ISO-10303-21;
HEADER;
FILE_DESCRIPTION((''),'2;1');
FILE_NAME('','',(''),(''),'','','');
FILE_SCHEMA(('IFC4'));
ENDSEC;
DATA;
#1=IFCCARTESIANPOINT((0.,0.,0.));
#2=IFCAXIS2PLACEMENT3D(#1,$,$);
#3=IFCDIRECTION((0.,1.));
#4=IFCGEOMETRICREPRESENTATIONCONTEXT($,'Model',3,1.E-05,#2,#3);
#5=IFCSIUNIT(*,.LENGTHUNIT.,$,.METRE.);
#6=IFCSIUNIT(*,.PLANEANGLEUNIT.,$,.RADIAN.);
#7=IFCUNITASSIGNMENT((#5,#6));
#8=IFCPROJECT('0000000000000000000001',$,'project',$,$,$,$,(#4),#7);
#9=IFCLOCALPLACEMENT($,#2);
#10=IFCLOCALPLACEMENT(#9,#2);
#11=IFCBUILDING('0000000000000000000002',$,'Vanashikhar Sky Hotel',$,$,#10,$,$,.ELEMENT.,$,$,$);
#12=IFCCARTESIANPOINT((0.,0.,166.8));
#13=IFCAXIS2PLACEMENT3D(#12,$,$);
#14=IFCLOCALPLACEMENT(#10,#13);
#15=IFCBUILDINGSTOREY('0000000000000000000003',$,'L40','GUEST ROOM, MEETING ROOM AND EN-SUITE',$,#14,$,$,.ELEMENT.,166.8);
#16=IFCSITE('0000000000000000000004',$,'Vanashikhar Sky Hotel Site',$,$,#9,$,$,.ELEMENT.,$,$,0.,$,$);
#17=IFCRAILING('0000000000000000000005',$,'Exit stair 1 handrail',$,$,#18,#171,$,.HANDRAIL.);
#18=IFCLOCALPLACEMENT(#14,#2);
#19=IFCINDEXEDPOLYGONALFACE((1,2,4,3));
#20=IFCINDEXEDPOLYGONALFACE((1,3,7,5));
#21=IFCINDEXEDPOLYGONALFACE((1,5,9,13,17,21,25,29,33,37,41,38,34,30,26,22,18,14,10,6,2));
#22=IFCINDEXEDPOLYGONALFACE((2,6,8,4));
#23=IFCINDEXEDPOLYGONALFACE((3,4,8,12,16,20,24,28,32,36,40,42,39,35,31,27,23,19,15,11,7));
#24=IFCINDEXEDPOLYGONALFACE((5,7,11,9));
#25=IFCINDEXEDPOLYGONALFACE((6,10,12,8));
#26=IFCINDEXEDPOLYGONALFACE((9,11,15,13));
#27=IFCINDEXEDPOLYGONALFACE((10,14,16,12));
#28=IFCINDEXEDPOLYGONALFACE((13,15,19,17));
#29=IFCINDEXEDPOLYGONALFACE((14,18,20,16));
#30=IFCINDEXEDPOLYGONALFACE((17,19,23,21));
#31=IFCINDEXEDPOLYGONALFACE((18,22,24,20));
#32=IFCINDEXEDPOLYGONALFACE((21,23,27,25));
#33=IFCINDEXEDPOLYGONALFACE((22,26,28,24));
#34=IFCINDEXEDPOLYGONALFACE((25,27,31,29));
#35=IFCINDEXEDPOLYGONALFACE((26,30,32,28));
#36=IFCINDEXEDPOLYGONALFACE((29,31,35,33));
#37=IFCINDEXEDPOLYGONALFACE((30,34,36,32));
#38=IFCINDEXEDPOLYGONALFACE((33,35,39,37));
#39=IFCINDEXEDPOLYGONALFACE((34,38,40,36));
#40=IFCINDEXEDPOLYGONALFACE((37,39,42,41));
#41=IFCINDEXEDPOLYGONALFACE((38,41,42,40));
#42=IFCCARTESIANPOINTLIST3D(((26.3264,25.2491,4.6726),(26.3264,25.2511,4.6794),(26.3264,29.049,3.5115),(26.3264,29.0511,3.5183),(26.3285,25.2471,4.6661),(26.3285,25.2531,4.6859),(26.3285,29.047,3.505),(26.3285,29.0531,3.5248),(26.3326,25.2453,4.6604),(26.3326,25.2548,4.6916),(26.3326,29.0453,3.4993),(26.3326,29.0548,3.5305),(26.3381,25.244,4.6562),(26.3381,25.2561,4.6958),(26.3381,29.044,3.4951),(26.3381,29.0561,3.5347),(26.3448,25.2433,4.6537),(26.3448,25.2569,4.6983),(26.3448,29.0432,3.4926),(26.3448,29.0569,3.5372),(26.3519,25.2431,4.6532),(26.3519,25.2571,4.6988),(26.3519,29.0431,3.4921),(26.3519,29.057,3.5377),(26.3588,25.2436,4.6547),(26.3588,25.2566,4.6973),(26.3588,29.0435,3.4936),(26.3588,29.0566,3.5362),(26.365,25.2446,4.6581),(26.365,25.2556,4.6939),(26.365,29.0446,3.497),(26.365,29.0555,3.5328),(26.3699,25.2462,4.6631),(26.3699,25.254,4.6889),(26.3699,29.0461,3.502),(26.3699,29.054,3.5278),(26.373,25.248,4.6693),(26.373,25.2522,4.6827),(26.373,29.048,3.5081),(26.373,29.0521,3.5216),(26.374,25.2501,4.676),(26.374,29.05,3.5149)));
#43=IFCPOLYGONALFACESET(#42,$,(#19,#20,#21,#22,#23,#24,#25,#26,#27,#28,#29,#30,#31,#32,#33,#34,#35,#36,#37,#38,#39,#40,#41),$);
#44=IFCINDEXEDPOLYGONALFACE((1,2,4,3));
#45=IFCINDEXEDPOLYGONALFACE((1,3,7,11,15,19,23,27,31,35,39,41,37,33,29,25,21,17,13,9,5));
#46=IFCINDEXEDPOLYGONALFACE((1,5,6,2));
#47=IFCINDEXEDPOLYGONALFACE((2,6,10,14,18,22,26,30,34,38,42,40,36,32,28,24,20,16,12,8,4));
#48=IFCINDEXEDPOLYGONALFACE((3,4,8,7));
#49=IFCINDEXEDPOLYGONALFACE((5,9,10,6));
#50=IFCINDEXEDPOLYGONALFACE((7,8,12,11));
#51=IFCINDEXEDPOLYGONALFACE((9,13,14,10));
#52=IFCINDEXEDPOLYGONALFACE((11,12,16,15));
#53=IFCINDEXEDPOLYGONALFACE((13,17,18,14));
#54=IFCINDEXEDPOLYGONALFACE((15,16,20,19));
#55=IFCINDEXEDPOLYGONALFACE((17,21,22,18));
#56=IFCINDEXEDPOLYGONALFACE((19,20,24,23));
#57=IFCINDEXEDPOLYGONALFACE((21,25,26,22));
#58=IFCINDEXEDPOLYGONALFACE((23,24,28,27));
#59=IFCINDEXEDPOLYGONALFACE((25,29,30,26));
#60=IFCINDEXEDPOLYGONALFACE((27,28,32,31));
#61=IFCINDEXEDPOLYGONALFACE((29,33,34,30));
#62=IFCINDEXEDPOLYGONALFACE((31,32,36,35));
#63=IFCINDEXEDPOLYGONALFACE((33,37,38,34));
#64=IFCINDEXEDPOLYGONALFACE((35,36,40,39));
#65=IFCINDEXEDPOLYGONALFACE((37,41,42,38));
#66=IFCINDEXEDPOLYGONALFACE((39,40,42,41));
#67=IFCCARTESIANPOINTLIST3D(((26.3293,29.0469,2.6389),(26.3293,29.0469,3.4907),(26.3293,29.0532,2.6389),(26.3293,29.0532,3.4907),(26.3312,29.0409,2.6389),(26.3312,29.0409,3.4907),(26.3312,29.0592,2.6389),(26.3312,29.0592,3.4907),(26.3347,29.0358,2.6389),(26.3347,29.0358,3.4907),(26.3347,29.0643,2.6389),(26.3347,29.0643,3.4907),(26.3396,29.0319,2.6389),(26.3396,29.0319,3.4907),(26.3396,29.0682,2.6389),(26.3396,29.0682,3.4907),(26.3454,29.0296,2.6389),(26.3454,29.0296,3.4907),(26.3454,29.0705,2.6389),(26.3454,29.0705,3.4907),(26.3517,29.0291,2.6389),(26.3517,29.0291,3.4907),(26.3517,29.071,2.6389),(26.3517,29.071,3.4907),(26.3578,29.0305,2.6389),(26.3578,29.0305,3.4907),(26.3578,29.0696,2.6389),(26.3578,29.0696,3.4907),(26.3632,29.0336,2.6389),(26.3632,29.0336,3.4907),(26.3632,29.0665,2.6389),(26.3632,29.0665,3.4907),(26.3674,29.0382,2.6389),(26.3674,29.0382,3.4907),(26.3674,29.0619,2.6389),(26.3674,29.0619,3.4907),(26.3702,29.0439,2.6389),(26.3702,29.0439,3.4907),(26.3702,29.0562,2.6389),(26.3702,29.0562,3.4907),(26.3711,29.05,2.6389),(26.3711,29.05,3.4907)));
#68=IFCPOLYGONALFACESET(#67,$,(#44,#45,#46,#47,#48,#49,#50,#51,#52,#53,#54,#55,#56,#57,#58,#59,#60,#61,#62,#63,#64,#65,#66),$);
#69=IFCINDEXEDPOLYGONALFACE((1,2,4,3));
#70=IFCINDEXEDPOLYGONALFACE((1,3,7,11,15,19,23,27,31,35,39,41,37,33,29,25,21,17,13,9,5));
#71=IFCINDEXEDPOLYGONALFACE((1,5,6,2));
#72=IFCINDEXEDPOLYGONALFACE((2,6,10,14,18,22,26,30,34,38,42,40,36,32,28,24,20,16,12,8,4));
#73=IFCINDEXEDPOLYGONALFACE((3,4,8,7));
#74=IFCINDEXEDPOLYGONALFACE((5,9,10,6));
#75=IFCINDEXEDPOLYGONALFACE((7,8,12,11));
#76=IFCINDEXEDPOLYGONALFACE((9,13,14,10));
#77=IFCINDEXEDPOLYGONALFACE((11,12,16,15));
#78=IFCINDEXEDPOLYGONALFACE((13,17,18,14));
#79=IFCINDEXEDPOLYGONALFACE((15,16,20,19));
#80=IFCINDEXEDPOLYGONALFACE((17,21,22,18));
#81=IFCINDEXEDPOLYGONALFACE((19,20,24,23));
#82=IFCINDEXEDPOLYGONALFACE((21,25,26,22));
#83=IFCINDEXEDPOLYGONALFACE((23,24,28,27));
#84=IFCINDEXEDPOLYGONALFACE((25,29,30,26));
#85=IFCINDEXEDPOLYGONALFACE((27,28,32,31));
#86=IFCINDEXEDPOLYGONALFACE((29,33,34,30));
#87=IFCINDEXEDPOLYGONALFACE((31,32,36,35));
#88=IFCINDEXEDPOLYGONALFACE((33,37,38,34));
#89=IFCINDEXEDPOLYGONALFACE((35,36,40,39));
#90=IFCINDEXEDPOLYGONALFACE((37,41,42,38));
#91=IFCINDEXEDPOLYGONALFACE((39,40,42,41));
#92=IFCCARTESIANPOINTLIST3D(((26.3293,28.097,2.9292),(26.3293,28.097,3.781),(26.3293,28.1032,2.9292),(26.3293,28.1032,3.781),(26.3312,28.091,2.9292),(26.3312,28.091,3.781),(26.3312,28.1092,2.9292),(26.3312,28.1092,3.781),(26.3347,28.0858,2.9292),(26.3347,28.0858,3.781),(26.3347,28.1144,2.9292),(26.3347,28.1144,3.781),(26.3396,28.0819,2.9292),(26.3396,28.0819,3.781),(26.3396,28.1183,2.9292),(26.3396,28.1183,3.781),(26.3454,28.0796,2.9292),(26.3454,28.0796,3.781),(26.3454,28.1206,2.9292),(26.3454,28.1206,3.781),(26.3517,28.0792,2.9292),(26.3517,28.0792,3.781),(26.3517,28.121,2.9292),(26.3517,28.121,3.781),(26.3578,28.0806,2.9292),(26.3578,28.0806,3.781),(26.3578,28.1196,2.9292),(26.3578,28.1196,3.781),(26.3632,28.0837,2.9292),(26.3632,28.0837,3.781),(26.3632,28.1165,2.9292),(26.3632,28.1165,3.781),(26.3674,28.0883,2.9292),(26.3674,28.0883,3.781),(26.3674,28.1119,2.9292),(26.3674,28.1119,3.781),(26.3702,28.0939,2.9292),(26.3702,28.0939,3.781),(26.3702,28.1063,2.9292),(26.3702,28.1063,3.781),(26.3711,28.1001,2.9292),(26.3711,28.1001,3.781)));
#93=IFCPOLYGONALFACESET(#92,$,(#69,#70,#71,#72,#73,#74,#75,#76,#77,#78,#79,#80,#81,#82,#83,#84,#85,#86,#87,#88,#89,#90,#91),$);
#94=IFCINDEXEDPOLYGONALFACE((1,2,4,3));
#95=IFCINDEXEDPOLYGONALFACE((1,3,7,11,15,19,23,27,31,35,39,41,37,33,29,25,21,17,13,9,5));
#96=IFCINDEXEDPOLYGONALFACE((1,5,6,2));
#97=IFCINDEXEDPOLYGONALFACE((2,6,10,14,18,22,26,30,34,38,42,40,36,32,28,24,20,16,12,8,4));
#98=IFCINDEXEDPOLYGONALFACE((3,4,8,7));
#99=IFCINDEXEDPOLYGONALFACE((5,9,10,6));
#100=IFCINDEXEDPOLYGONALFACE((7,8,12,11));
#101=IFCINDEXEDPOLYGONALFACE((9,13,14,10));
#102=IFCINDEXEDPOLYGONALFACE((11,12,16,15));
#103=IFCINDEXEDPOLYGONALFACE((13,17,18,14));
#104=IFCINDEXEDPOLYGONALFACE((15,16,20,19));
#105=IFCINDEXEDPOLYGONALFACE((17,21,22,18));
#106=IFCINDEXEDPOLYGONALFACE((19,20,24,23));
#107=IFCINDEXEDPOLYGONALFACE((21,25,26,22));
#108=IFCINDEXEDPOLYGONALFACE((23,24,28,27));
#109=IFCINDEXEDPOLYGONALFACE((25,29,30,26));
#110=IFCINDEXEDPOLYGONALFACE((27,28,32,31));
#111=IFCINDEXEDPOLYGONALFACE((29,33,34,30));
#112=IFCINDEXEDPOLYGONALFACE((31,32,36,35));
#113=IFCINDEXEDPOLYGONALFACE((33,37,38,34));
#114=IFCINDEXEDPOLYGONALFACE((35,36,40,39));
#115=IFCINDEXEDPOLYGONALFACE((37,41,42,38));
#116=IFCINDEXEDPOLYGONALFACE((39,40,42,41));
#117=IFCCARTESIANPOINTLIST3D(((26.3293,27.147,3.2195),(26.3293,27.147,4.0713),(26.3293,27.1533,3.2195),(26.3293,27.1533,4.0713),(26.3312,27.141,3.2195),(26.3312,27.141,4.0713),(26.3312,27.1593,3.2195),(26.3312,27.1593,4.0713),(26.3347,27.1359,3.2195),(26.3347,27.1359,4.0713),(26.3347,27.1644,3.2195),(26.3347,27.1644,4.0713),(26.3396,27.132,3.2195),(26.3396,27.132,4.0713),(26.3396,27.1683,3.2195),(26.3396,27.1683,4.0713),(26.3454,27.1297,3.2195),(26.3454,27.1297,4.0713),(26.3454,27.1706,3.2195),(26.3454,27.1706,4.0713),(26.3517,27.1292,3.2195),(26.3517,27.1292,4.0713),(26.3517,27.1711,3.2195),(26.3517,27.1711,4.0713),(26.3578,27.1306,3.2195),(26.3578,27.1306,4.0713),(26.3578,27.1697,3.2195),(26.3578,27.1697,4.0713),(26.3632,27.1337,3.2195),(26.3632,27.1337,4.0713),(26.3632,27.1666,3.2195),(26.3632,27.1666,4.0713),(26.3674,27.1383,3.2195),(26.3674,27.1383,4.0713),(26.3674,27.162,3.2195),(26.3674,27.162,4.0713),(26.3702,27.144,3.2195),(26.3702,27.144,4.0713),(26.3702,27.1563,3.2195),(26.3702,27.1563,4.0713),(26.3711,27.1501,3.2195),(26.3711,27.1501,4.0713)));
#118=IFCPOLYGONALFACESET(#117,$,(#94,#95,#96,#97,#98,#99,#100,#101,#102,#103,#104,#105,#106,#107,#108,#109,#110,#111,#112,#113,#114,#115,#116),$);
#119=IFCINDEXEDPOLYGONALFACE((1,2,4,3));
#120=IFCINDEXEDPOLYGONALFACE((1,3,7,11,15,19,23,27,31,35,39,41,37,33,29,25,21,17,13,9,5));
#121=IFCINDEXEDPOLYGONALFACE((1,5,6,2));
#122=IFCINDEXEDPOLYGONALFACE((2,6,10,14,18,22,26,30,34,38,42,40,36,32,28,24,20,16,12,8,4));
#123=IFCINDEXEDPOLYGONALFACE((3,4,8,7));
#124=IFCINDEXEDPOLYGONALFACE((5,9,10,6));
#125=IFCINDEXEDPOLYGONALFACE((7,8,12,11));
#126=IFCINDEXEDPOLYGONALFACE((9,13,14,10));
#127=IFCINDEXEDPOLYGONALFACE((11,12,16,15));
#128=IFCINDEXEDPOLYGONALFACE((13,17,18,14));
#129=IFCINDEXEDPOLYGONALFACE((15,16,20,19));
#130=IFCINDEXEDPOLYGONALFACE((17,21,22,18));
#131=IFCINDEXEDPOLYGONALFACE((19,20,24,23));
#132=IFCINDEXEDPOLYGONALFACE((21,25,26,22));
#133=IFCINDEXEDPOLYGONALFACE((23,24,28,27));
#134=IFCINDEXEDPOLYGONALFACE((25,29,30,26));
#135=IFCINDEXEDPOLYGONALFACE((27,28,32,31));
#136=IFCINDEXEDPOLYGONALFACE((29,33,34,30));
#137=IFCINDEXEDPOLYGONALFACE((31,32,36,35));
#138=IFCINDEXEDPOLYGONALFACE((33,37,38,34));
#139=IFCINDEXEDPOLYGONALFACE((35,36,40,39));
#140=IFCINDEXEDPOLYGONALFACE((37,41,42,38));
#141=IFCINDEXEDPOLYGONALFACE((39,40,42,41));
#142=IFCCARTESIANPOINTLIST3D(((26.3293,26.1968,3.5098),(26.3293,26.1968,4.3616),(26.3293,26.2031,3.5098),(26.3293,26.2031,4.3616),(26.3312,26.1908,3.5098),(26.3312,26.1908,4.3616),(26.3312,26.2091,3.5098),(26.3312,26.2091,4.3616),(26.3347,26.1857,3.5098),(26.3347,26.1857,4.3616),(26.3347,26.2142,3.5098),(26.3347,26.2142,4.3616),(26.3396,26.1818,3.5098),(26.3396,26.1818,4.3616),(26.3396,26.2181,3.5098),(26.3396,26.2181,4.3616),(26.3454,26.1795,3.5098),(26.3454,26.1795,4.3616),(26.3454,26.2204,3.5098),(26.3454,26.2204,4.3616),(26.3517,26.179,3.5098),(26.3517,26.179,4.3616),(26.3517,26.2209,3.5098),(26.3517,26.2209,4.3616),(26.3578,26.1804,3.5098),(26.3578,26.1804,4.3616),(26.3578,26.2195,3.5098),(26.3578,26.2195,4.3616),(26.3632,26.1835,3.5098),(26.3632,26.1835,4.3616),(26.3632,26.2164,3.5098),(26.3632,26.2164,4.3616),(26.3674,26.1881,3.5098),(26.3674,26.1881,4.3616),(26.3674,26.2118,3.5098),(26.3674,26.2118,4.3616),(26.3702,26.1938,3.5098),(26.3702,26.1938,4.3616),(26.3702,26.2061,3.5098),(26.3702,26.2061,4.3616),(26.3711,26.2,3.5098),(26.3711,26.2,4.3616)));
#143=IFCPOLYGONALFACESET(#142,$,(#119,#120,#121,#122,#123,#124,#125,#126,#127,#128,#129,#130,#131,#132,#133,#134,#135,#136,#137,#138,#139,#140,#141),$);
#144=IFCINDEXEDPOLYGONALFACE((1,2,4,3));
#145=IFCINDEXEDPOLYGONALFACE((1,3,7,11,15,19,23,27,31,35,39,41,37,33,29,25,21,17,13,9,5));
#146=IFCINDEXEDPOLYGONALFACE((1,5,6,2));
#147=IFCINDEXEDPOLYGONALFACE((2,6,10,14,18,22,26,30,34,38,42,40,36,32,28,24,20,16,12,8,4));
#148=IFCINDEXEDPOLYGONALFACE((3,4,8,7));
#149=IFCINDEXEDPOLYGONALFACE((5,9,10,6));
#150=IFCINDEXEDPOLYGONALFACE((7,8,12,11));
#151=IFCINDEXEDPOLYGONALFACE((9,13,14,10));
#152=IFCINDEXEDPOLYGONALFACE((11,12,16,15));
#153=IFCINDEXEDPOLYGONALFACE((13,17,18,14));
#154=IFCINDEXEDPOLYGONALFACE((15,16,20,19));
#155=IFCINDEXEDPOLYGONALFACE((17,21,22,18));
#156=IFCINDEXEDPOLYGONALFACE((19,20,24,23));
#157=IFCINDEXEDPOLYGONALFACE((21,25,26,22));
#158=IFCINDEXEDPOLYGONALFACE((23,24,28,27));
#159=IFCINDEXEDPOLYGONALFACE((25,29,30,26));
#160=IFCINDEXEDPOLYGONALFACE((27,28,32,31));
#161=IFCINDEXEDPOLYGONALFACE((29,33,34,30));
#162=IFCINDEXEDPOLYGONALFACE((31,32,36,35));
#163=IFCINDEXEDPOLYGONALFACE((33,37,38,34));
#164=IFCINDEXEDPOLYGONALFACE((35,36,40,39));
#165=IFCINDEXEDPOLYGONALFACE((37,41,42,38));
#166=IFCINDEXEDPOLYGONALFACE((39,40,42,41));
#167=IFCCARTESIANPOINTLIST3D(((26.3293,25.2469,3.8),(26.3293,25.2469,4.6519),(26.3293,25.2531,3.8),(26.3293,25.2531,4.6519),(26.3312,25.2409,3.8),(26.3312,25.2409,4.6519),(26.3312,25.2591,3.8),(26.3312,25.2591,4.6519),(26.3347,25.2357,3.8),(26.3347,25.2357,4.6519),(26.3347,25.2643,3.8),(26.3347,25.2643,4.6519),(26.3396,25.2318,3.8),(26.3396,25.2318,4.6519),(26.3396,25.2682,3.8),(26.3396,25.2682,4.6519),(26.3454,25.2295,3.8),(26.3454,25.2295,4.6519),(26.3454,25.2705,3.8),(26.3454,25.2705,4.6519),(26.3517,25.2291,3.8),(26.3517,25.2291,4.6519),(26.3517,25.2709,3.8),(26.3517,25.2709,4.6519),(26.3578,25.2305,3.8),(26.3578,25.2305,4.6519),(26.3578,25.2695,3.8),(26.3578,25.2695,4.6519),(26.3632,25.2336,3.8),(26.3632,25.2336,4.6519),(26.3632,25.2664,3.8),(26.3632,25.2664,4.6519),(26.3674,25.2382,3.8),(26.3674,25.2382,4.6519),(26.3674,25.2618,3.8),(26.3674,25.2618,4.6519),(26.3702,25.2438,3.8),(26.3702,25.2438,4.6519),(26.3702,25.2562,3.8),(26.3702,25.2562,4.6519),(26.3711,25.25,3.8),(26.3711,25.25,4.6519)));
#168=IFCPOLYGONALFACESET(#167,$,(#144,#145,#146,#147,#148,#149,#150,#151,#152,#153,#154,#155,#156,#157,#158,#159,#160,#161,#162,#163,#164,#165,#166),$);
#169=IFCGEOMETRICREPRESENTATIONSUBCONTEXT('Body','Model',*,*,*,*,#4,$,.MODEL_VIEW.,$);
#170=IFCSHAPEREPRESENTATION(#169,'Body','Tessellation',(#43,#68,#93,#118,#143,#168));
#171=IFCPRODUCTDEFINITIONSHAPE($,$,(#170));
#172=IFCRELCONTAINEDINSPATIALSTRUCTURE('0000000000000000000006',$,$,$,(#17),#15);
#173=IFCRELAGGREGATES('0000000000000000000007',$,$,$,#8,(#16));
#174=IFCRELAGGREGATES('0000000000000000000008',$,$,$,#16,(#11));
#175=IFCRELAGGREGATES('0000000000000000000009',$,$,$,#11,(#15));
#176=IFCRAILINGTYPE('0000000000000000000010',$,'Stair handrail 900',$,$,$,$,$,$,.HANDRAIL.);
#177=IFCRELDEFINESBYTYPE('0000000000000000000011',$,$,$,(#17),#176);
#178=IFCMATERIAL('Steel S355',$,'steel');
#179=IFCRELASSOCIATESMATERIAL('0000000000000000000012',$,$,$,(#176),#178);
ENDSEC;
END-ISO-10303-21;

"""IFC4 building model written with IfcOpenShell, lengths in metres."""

from ifc_helpers import new_model, si_unit, direction, frame, origin, origin_2d, place, context, subcontext, project, spatial, circle, extrude, source, transform, mapped, material, type_object, element, save


model = new_model("IFC4")

# Units and contexts
model_context = context("Model", 3, precision=1e-05, world=origin(), true_north=direction((0.0, 1.0)))
body_context = subcontext(model_context, "Body", "Model", "MODEL_VIEW")
ifc_project = project(units=[si_unit("LENGTHUNIT", "METRE"), si_unit("PLANEANGLEUNIT", "RADIAN")], contexts=[model_context])

# Site, building, storey
site_placement = place(None, origin())
site = spatial("IfcSite", under=ifc_project, at=site_placement, Name="Vanashikhar Sky Hotel Site", CompositionType="ELEMENT", RefElevation=0.0)
building_placement = place(site_placement, origin())
building = spatial("IfcBuilding", under=site, at=building_placement, Name="Vanashikhar Sky Hotel", CompositionType="ELEMENT")
storey_placement = place(building_placement, frame((0.0, 0.0, 166.8)))
storey = spatial("IfcBuildingStorey", under=building, at=storey_placement, Name="L40", Description="GUEST ROOM, MEETING ROOM AND EN-SUITE", CompositionType="ELEMENT", Elevation=166.8)

# Railing
ifc_material_1 = material(Name="Steel S355", Category="steel")
railing_type_1 = type_object("IfcRailingType", Name="Stair handrail 900", PredefinedType="HANDRAIL", material=ifc_material_1)
shared_shape_1 = source(origin(), body_context, "Body", "SweptSolid", [
    extrude(circle(Radius=0.0239, at=origin_2d()), frame((0.0, 0.0, 0.876), z_axis=(0.0, -0.956351, 0.29222), x_axis=(1.0, 0.0, 0.0)), (0.0, 0.0, 1.0), 3.9734),
    extrude(circle(Radius=0.021, at=origin_2d()), origin(), (0.0, 0.0, 1.0), 0.8518),
    extrude(circle(Radius=0.021, at=origin_2d()), frame((0.0, -0.95, 0.2903)), (0.0, 0.0, 1.0), 0.8518),
    extrude(circle(Radius=0.021, at=origin_2d()), frame((0.0, -1.8999, 0.5806)), (0.0, 0.0, 1.0), 0.8518),
    extrude(circle(Radius=0.021, at=origin_2d()), frame((0.0, -2.8501, 0.8708)), (0.0, 0.0, 1.0), 0.8518),
    extrude(circle(Radius=0.021, at=origin_2d()), frame((0.0, -3.8, 1.1611)), (0.0, 0.0, 1.0), 0.8518),
])
for number, where, name in (
    (1, (26.3501, 29.05, 2.6389), "Exit stair 1 handrail"),
):
    element("IfcRailing", number, at=place(storey_placement, frame(where)), inside=storey, type_object=railing_type_1, Name=name, PredefinedType="HANDRAIL", context=body_context, shape_type="MappedRepresentation", body=[
        mapped(shared_shape_1, transform((0.0, 0.0, 0.0), scale=1.0)),
    ])

save(model, "model.ifc")
